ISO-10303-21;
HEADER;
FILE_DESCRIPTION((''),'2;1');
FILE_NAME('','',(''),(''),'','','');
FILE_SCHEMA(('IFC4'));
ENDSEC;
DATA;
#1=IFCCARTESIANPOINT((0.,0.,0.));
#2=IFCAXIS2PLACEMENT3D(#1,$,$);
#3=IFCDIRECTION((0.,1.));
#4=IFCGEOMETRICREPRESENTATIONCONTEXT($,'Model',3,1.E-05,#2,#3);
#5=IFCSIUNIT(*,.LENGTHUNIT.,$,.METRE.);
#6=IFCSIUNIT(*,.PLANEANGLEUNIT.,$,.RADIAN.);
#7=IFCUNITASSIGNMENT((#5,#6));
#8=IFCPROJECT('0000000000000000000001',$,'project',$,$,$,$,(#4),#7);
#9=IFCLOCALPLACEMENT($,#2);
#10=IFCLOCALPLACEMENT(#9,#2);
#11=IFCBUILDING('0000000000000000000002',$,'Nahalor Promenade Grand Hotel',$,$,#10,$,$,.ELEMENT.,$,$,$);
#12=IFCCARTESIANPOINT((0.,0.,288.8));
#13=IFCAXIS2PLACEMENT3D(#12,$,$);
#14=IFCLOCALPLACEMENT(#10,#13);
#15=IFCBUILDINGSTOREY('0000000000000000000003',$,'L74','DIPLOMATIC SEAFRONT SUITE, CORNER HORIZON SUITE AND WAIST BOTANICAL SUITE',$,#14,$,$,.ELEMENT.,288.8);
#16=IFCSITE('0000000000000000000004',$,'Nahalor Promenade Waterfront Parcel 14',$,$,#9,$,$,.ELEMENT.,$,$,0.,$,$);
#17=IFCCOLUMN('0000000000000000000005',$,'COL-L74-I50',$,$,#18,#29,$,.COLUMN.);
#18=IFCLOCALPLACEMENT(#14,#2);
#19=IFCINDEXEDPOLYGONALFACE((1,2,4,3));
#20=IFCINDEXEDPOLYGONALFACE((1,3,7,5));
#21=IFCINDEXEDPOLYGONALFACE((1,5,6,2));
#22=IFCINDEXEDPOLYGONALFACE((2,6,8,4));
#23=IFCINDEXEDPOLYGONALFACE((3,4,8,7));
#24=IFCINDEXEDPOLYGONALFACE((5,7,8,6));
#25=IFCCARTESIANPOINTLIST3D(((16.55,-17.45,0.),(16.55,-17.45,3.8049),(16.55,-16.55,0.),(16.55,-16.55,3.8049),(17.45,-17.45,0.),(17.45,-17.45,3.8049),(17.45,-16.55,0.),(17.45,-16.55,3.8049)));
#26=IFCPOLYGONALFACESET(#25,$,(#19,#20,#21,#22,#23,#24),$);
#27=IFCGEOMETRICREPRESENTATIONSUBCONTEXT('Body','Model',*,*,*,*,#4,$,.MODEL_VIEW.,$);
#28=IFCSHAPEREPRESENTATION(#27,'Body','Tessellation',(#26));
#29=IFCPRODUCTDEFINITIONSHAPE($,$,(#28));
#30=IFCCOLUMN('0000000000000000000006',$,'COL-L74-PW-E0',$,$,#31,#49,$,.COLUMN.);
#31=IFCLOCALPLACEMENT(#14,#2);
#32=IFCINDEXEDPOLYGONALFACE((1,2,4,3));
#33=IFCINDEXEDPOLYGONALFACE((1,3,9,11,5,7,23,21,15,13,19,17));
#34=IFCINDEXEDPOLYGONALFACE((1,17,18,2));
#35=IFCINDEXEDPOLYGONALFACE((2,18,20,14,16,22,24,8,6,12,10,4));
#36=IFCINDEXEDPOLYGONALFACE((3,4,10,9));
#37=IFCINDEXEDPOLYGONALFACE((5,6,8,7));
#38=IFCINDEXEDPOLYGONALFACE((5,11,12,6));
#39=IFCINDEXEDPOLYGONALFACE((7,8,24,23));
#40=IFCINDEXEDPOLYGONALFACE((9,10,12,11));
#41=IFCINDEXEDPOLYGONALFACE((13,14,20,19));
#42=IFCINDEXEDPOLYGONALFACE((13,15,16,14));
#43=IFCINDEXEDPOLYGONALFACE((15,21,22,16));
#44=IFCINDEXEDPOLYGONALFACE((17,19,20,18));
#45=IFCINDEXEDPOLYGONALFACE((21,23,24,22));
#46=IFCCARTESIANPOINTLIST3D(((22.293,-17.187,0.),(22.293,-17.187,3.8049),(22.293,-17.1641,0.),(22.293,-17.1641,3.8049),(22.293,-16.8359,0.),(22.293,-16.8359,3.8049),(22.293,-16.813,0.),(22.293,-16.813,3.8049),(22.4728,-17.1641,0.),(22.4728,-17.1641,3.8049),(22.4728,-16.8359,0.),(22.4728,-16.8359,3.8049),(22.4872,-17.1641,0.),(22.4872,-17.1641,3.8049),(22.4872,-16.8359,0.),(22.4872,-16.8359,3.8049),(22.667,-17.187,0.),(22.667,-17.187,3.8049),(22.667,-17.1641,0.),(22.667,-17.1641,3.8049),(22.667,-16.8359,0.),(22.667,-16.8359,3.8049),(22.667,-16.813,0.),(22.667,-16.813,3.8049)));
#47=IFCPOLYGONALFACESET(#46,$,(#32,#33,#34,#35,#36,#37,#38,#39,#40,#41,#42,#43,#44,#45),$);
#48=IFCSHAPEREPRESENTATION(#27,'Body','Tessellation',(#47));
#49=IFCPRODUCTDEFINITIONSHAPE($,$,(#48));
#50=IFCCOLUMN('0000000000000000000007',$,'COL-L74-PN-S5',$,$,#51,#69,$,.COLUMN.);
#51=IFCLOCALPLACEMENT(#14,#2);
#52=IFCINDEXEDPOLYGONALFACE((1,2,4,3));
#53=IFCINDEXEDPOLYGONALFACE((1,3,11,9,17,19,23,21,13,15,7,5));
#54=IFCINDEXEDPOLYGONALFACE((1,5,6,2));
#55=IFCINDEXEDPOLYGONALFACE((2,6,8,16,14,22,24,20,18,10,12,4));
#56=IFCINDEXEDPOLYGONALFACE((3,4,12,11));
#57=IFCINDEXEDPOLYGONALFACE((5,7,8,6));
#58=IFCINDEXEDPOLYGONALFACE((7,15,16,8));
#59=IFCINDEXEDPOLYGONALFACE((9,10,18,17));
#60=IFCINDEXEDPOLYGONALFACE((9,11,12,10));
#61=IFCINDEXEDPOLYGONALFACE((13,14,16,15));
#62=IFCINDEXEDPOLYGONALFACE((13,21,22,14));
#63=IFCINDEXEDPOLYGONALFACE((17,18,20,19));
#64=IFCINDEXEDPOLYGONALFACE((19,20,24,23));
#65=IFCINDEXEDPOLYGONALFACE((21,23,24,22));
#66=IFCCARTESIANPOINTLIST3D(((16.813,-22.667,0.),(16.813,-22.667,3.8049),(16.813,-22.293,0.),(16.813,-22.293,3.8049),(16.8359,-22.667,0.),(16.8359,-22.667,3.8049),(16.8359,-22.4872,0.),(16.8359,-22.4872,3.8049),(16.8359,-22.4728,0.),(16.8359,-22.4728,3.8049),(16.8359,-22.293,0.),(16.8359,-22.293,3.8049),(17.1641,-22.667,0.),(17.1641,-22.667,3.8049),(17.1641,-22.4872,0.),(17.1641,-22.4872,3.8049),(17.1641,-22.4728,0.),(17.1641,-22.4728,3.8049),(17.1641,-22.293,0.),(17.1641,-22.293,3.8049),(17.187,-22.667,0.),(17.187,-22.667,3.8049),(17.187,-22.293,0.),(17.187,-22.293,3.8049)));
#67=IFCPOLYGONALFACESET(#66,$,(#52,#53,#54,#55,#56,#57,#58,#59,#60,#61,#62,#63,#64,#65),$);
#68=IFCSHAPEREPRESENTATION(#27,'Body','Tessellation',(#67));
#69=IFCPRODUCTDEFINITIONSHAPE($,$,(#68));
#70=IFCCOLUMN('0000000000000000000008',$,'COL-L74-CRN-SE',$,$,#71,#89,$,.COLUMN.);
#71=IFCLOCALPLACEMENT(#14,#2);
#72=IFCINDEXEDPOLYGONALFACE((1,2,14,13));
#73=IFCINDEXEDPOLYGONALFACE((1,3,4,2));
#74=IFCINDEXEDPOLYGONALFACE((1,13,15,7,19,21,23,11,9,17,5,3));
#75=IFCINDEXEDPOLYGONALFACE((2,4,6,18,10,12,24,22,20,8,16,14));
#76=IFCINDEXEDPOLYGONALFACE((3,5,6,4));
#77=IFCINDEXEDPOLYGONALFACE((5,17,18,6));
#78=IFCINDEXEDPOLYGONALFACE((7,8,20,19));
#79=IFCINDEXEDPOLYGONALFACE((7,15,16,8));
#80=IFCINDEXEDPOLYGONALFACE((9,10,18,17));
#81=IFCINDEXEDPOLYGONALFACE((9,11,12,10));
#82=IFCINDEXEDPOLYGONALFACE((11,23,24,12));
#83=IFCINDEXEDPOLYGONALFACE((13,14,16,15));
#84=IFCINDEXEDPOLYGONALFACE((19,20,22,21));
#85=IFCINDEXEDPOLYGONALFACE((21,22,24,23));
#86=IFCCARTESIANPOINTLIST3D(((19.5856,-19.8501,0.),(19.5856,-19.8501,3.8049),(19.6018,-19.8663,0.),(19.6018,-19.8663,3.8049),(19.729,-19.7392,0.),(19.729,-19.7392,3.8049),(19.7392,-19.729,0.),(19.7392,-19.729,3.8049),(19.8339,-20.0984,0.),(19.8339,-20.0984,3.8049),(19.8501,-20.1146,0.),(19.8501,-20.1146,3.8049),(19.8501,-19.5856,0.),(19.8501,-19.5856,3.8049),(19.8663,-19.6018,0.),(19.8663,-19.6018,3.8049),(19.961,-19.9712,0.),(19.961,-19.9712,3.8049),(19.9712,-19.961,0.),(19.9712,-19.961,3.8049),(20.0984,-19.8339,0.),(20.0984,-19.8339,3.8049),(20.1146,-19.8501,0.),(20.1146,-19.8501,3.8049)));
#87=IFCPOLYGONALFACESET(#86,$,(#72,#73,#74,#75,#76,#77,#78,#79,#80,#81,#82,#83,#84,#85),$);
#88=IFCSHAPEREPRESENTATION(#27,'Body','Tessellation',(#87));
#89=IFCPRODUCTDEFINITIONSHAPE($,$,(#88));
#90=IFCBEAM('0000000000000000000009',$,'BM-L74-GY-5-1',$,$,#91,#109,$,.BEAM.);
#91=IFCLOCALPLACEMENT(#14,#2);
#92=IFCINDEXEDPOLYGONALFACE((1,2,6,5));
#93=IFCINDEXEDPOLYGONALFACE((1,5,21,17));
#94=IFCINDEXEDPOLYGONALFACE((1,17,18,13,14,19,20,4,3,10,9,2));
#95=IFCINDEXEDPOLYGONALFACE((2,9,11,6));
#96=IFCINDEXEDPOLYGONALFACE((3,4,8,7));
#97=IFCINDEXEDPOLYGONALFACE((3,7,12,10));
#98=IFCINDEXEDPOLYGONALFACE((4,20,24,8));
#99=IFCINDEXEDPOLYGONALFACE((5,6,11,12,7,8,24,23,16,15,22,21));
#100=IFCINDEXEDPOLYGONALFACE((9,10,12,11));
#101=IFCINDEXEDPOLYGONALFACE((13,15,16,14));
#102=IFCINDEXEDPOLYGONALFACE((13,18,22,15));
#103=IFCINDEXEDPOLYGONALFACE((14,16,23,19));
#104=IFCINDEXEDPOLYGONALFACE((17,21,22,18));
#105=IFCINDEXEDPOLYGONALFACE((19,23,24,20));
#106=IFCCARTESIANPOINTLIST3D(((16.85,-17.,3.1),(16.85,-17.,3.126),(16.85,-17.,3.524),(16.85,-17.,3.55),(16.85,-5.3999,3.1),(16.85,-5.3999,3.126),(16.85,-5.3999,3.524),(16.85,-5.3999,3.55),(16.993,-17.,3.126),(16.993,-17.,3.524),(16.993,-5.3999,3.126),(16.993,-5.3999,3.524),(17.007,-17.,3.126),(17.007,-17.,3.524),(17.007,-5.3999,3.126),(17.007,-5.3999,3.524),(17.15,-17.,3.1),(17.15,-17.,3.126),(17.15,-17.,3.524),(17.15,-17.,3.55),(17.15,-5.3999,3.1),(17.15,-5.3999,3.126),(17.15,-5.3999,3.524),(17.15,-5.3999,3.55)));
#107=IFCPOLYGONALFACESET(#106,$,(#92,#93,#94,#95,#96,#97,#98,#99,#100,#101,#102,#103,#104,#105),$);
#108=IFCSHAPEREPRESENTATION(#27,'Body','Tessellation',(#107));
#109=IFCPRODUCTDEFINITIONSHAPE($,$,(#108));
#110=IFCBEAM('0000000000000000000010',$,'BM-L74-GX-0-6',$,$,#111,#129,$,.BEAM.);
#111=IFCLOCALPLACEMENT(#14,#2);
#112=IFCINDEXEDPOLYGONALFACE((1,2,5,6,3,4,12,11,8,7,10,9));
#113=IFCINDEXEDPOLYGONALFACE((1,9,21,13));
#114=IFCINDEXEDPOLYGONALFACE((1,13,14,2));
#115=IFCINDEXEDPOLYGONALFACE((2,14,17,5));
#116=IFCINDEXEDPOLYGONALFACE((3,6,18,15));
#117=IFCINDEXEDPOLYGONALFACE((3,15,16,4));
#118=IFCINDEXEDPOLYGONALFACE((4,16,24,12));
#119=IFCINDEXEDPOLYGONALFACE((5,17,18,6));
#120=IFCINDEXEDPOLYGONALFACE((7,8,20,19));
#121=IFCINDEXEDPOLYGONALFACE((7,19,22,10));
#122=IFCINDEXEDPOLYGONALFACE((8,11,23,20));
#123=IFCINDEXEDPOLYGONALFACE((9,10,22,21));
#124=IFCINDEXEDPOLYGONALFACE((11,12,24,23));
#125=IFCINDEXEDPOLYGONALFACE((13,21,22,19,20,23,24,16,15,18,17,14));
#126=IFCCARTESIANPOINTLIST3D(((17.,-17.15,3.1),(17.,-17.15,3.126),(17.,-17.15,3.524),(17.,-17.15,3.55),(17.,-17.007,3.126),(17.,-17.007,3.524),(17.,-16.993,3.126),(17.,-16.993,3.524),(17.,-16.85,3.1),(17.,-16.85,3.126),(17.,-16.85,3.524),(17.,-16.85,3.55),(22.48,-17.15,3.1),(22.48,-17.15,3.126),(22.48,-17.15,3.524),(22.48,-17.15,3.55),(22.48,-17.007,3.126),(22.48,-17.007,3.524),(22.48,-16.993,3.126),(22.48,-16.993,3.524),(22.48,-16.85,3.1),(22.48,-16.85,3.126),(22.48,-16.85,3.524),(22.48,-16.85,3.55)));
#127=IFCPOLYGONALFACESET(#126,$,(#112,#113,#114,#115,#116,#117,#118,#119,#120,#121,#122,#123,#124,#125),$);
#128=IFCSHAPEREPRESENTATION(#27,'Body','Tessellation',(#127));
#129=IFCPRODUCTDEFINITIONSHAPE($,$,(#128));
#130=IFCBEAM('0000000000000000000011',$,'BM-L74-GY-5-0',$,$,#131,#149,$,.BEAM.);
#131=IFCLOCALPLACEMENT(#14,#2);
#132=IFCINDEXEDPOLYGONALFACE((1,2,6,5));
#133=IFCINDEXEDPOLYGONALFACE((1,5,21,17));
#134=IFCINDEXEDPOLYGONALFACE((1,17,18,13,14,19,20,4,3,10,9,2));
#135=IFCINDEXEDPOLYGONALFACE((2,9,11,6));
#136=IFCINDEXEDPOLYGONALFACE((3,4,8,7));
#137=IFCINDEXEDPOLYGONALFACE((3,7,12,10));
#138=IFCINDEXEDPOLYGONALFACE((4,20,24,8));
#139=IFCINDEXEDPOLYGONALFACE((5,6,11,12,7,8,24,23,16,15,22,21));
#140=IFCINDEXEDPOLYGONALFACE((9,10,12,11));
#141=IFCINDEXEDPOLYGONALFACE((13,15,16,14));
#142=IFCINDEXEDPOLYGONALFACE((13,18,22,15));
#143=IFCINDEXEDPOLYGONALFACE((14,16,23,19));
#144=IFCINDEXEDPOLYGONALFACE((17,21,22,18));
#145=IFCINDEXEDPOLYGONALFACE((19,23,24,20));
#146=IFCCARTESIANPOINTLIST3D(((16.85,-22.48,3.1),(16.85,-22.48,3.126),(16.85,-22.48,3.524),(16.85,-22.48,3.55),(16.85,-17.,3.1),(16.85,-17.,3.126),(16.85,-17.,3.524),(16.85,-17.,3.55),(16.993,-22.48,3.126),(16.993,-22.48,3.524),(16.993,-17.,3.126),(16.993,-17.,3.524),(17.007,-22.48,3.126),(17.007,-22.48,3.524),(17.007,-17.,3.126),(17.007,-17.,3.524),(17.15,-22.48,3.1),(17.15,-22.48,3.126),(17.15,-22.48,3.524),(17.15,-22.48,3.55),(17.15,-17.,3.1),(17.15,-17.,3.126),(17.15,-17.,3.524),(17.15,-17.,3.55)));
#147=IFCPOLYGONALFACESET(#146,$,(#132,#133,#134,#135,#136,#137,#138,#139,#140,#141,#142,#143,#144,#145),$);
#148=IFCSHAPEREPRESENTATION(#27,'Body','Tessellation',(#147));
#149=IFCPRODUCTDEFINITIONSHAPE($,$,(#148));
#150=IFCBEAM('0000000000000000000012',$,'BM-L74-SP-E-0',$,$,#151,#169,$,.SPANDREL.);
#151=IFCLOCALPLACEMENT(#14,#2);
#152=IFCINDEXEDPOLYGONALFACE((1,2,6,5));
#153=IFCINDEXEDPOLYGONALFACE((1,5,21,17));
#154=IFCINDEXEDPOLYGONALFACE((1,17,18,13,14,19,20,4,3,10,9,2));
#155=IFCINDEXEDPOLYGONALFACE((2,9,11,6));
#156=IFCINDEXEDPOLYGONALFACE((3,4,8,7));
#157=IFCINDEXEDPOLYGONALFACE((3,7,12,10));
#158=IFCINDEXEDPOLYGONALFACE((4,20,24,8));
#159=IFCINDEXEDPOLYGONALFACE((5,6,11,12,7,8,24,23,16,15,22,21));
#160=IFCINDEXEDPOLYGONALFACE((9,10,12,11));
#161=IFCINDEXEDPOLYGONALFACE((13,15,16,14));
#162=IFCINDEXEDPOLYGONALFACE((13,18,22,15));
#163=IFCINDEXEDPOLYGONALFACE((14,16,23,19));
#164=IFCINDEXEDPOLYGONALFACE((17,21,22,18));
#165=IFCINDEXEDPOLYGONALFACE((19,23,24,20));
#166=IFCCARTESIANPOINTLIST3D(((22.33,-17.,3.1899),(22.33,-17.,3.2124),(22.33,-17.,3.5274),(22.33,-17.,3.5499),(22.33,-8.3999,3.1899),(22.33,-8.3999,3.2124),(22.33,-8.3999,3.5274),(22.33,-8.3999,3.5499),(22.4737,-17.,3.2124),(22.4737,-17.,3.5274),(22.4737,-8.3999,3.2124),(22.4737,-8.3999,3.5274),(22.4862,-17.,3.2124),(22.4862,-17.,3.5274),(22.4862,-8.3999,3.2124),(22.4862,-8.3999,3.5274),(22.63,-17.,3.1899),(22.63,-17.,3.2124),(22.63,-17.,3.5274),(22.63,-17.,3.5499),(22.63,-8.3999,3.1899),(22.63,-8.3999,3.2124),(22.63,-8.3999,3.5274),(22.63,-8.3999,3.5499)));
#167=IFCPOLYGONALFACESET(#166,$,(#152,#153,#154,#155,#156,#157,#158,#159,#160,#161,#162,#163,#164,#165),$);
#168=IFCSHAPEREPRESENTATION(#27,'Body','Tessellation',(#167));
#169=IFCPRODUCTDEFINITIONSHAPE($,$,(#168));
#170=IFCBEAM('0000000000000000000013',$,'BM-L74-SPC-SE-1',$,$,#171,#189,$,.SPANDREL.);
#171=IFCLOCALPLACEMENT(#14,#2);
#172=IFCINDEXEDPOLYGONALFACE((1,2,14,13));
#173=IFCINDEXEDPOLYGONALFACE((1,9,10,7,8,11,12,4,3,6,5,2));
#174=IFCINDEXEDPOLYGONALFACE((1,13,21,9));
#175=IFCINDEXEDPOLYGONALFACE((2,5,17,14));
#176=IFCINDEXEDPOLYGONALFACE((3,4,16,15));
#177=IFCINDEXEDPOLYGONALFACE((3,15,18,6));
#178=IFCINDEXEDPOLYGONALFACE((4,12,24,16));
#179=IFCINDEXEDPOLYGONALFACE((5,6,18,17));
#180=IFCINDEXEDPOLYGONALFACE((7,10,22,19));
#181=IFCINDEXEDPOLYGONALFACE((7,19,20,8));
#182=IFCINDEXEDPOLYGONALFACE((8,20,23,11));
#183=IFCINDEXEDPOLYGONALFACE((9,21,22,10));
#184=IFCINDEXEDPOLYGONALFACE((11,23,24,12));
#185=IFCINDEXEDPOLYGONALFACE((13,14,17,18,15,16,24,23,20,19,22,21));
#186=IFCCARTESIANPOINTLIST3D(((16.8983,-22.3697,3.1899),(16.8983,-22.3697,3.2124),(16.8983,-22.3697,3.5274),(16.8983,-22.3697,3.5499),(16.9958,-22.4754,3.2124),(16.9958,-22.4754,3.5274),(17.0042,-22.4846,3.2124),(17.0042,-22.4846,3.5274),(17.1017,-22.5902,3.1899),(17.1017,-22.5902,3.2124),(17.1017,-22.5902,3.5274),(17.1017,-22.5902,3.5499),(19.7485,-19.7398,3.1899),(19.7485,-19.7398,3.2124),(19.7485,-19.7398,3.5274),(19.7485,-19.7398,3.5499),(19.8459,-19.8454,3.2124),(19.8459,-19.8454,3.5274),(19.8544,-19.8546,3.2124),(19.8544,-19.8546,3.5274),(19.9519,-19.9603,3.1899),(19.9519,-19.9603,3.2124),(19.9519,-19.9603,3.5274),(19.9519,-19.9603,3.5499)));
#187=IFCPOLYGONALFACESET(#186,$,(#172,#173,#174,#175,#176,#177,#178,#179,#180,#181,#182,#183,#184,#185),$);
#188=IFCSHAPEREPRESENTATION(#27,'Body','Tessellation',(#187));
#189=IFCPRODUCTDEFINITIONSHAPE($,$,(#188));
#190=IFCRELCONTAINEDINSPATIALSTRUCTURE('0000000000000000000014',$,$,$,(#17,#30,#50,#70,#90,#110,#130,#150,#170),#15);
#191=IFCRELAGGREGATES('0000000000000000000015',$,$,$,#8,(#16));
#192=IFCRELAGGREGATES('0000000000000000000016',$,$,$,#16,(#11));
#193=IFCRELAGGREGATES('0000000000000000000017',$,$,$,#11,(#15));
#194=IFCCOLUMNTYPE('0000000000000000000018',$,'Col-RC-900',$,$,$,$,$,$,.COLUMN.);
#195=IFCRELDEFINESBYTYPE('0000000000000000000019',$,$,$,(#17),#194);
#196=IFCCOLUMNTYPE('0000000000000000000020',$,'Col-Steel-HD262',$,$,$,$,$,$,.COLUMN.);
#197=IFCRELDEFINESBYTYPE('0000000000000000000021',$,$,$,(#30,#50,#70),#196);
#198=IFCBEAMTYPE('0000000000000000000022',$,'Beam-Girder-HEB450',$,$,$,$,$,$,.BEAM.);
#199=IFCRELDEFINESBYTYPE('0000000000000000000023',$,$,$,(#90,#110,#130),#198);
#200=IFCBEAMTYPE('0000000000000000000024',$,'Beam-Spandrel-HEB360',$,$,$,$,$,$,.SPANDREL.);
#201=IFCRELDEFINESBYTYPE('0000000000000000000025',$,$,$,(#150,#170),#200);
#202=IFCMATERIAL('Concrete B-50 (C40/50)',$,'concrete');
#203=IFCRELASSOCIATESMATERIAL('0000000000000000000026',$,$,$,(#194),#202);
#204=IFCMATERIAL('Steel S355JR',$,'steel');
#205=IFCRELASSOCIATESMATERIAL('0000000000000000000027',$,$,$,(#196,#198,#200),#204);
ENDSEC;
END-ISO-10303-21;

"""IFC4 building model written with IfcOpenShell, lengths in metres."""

from ifc_helpers import new_model, si_unit, direction, frame, origin, origin_2d, place, context, subcontext, project, spatial, rectangle, i_section, extrude, source, transform, mapped, material, material_profile, profile_set, type_object, element, save


model = new_model("IFC4")

# Units and contexts
model_context = context("Model", 3, precision=1e-05, world=origin(), true_north=direction((0.0, 1.0)))
body_context = subcontext(model_context, "Body", "Model", "MODEL_VIEW")
ifc_project = project(units=[si_unit("LENGTHUNIT", "METRE"), si_unit("PLANEANGLEUNIT", "RADIAN")], contexts=[model_context])

# Site, building, storey
site_placement = place(None, origin())
site = spatial("IfcSite", under=ifc_project, at=site_placement, Name="Nahalor Promenade Waterfront Parcel 14", CompositionType="ELEMENT", RefElevation=0.0)
building_placement = place(site_placement, origin())
building = spatial("IfcBuilding", under=site, at=building_placement, Name="Nahalor Promenade Grand Hotel", CompositionType="ELEMENT")
storey_placement = place(building_placement, frame((0.0, 0.0, 288.8)))
storey = spatial("IfcBuildingStorey", under=building, at=storey_placement, Name="L74", Description="DIPLOMATIC SEAFRONT SUITE, CORNER HORIZON SUITE AND WAIST BOTANICAL SUITE", CompositionType="ELEMENT", Elevation=288.8)

# Columns
ifc_material_1 = material(Name="Concrete B-50 (C40/50)", Category="concrete")
ifc_material_profile_1 = material_profile(ifc_material_1, rectangle(XDim=0.9, YDim=0.9, at=origin_2d()), Name="RC 900x900")
ifc_profile_set_1 = profile_set([ifc_material_profile_1], Name="Concrete B-50 (C40/50)")
column_type_1 = type_object("IfcColumnType", Name="Col-RC-900", PredefinedType="COLUMN", material=ifc_profile_set_1)
shared_shape_1 = source(origin(), body_context, "Body", "SweptSolid", [
    extrude(rectangle(XDim=0.9, YDim=0.9, at=origin_2d()), origin(), (0.0, 0.0, 1.0), 3.8049),
])
column_placement = place(storey_placement, frame((17.0, -17.0, 0.0), z_axis=(0.0, 0.0, 1.0), x_axis=(1.0, 0.0, 0.0)))
element("IfcColumn", 1, at=column_placement, inside=storey, type_object=column_type_1, Name="COL-L74-I50", PredefinedType="COLUMN", context=body_context, shape_type="MappedRepresentation", body=[
    mapped(shared_shape_1, transform((0.0, 0.0, 0.0), scale=1.0)),
])
ifc_material_2 = material(Name="Steel S355JR", Category="steel")
ifc_material_profile_2 = material_profile(ifc_material_2, i_section(OverallWidth=0.374, OverallDepth=0.374, WebThickness=0.0144, FlangeThickness=0.0229, at=origin_2d()), Name="HD 360x262")
ifc_profile_set_2 = profile_set([ifc_material_profile_2], Name="Steel S355JR")
column_type_2 = type_object("IfcColumnType", Name="Col-Steel-HD262", PredefinedType="COLUMN", material=ifc_profile_set_2)
shared_shape_2 = source(origin(), body_context, "Body", "SweptSolid", [
    extrude(i_section(OverallWidth=0.374, OverallDepth=0.374, WebThickness=0.0144, FlangeThickness=0.0229, at=origin_2d()), origin(), (0.0, 0.0, 1.0), 3.8049),
])
for number, where, z_axis, x_axis, name in (
    (2, (22.48, -17.0, 0.0), (0.0, 0.0, 1.0), (1.0, 0.0, 0.0), "COL-L74-PW-E0"),
    (3, (17.0, -22.48, 0.0), (0.0, 0.0, 1.0), (0.0, 1.0, 0.0), "COL-L74-PN-S5"),
    (4, (19.8501, -19.8501, 0.0), (0.0, 0.0, 1.0), (0.707107, 0.707107, 0.0), "COL-L74-CRN-SE"),
):
    element("IfcColumn", number, at=place(storey_placement, frame(where, z_axis=z_axis, x_axis=x_axis)), inside=storey, type_object=column_type_2, Name=name, PredefinedType="COLUMN", context=body_context, shape_type="MappedRepresentation", body=[
        mapped(shared_shape_2, transform((0.0, 0.0, 0.0), scale=1.0)),
    ])

# Beams
ifc_material_profile_3 = material_profile(ifc_material_2, i_section(OverallWidth=0.3, OverallDepth=0.45, WebThickness=0.014, FlangeThickness=0.026, at=origin_2d()), Name="HEB 450")
ifc_profile_set_3 = profile_set([ifc_material_profile_3], Name="Steel S355JR")
beam_type_1 = type_object("IfcBeamType", Name="Beam-Girder-HEB450", PredefinedType="BEAM", material=ifc_profile_set_3)
shared_shape_3 = source(origin(), body_context, "Body", "SweptSolid", [
    extrude(i_section(OverallWidth=0.3, OverallDepth=0.45, WebThickness=0.014, FlangeThickness=0.026, at=origin_2d()), origin(), (0.0, 0.0, 1.0), 11.6001),
])
beam_1_placement = place(storey_placement, frame((17.0, -17.0, 3.325), z_axis=(0.0, 1.0, 0.0), x_axis=(-1.0, 0.0, 0.0)))
element("IfcBeam", 5, at=beam_1_placement, inside=storey, type_object=beam_type_1, Name="BM-L74-GY-5-1", PredefinedType="BEAM", context=body_context, shape_type="MappedRepresentation", body=[
    mapped(shared_shape_3, transform((0.0, 0.0, 0.0), scale=1.0)),
])
shared_shape_4 = source(origin(), body_context, "Body", "SweptSolid", [
    extrude(i_section(OverallWidth=0.3, OverallDepth=0.45, WebThickness=0.014, FlangeThickness=0.026, at=origin_2d()), origin(), (0.0, 0.0, 1.0), 5.48),
])
for number, where, z_axis, x_axis, name in (
    (6, (17.0, -17.0, 3.325), (1.0, 0.0, 0.0), (0.0, 1.0, 0.0), "BM-L74-GX-0-6"),
    (7, (17.0, -22.48, 3.325), (0.0, 1.0, 0.0), (-1.0, 0.0, 0.0), "BM-L74-GY-5-0"),
):
    element("IfcBeam", number, at=place(storey_placement, frame(where, z_axis=z_axis, x_axis=x_axis)), inside=storey, type_object=beam_type_1, Name=name, PredefinedType="BEAM", context=body_context, shape_type="MappedRepresentation", body=[
        mapped(shared_shape_4, transform((0.0, 0.0, 0.0), scale=1.0)),
    ])
ifc_material_profile_4 = material_profile(ifc_material_2, i_section(OverallWidth=0.3, OverallDepth=0.36, WebThickness=0.0125, FlangeThickness=0.0225, at=origin_2d()), Name="HEB 360")
ifc_profile_set_4 = profile_set([ifc_material_profile_4], Name="Steel S355JR")
beam_type_2 = type_object("IfcBeamType", Name="Beam-Spandrel-HEB360", PredefinedType="SPANDREL", material=ifc_profile_set_4)
shared_shape_5 = source(origin(), body_context, "Body", "SweptSolid", [
    extrude(i_section(OverallWidth=0.3, OverallDepth=0.36, WebThickness=0.0125, FlangeThickness=0.0225, at=origin_2d()), origin(), (0.0, 0.0, 1.0), 8.6001),
])
beam_2_placement = place(storey_placement, frame((22.48, -17.0, 3.3699), z_axis=(0.0, 1.0, 0.0), x_axis=(-1.0, 0.0, 0.0)))
element("IfcBeam", 8, at=beam_2_placement, inside=storey, type_object=beam_type_2, Name="BM-L74-SP-E-0", PredefinedType="SPANDREL", context=body_context, shape_type="MappedRepresentation", body=[
    mapped(shared_shape_5, transform((0.0, 0.0, 0.0), scale=1.0)),
])
shared_shape_6 = source(origin(), body_context, "Body", "SweptSolid", [
    extrude(i_section(OverallWidth=0.3, OverallDepth=0.36, WebThickness=0.0125, FlangeThickness=0.0225, at=origin_2d()), origin(), (0.0, 0.0, 1.0), 3.8782),
])
for number, where, z_axis, x_axis, name in (
    (9, (17.0, -22.48, 3.3699), (0.734929, 0.678144, 0.0), (-0.678144, 0.734929, 0.0), "BM-L74-SPC-SE-1"),
):
    element("IfcBeam", number, at=place(storey_placement, frame(where, z_axis=z_axis, x_axis=x_axis)), inside=storey, type_object=beam_type_2, Name=name, PredefinedType="SPANDREL", context=body_context, shape_type="MappedRepresentation", body=[
        mapped(shared_shape_6, transform((0.0, 0.0, 0.0), scale=1.0)),
    ])

save(model, "model.ifc")
